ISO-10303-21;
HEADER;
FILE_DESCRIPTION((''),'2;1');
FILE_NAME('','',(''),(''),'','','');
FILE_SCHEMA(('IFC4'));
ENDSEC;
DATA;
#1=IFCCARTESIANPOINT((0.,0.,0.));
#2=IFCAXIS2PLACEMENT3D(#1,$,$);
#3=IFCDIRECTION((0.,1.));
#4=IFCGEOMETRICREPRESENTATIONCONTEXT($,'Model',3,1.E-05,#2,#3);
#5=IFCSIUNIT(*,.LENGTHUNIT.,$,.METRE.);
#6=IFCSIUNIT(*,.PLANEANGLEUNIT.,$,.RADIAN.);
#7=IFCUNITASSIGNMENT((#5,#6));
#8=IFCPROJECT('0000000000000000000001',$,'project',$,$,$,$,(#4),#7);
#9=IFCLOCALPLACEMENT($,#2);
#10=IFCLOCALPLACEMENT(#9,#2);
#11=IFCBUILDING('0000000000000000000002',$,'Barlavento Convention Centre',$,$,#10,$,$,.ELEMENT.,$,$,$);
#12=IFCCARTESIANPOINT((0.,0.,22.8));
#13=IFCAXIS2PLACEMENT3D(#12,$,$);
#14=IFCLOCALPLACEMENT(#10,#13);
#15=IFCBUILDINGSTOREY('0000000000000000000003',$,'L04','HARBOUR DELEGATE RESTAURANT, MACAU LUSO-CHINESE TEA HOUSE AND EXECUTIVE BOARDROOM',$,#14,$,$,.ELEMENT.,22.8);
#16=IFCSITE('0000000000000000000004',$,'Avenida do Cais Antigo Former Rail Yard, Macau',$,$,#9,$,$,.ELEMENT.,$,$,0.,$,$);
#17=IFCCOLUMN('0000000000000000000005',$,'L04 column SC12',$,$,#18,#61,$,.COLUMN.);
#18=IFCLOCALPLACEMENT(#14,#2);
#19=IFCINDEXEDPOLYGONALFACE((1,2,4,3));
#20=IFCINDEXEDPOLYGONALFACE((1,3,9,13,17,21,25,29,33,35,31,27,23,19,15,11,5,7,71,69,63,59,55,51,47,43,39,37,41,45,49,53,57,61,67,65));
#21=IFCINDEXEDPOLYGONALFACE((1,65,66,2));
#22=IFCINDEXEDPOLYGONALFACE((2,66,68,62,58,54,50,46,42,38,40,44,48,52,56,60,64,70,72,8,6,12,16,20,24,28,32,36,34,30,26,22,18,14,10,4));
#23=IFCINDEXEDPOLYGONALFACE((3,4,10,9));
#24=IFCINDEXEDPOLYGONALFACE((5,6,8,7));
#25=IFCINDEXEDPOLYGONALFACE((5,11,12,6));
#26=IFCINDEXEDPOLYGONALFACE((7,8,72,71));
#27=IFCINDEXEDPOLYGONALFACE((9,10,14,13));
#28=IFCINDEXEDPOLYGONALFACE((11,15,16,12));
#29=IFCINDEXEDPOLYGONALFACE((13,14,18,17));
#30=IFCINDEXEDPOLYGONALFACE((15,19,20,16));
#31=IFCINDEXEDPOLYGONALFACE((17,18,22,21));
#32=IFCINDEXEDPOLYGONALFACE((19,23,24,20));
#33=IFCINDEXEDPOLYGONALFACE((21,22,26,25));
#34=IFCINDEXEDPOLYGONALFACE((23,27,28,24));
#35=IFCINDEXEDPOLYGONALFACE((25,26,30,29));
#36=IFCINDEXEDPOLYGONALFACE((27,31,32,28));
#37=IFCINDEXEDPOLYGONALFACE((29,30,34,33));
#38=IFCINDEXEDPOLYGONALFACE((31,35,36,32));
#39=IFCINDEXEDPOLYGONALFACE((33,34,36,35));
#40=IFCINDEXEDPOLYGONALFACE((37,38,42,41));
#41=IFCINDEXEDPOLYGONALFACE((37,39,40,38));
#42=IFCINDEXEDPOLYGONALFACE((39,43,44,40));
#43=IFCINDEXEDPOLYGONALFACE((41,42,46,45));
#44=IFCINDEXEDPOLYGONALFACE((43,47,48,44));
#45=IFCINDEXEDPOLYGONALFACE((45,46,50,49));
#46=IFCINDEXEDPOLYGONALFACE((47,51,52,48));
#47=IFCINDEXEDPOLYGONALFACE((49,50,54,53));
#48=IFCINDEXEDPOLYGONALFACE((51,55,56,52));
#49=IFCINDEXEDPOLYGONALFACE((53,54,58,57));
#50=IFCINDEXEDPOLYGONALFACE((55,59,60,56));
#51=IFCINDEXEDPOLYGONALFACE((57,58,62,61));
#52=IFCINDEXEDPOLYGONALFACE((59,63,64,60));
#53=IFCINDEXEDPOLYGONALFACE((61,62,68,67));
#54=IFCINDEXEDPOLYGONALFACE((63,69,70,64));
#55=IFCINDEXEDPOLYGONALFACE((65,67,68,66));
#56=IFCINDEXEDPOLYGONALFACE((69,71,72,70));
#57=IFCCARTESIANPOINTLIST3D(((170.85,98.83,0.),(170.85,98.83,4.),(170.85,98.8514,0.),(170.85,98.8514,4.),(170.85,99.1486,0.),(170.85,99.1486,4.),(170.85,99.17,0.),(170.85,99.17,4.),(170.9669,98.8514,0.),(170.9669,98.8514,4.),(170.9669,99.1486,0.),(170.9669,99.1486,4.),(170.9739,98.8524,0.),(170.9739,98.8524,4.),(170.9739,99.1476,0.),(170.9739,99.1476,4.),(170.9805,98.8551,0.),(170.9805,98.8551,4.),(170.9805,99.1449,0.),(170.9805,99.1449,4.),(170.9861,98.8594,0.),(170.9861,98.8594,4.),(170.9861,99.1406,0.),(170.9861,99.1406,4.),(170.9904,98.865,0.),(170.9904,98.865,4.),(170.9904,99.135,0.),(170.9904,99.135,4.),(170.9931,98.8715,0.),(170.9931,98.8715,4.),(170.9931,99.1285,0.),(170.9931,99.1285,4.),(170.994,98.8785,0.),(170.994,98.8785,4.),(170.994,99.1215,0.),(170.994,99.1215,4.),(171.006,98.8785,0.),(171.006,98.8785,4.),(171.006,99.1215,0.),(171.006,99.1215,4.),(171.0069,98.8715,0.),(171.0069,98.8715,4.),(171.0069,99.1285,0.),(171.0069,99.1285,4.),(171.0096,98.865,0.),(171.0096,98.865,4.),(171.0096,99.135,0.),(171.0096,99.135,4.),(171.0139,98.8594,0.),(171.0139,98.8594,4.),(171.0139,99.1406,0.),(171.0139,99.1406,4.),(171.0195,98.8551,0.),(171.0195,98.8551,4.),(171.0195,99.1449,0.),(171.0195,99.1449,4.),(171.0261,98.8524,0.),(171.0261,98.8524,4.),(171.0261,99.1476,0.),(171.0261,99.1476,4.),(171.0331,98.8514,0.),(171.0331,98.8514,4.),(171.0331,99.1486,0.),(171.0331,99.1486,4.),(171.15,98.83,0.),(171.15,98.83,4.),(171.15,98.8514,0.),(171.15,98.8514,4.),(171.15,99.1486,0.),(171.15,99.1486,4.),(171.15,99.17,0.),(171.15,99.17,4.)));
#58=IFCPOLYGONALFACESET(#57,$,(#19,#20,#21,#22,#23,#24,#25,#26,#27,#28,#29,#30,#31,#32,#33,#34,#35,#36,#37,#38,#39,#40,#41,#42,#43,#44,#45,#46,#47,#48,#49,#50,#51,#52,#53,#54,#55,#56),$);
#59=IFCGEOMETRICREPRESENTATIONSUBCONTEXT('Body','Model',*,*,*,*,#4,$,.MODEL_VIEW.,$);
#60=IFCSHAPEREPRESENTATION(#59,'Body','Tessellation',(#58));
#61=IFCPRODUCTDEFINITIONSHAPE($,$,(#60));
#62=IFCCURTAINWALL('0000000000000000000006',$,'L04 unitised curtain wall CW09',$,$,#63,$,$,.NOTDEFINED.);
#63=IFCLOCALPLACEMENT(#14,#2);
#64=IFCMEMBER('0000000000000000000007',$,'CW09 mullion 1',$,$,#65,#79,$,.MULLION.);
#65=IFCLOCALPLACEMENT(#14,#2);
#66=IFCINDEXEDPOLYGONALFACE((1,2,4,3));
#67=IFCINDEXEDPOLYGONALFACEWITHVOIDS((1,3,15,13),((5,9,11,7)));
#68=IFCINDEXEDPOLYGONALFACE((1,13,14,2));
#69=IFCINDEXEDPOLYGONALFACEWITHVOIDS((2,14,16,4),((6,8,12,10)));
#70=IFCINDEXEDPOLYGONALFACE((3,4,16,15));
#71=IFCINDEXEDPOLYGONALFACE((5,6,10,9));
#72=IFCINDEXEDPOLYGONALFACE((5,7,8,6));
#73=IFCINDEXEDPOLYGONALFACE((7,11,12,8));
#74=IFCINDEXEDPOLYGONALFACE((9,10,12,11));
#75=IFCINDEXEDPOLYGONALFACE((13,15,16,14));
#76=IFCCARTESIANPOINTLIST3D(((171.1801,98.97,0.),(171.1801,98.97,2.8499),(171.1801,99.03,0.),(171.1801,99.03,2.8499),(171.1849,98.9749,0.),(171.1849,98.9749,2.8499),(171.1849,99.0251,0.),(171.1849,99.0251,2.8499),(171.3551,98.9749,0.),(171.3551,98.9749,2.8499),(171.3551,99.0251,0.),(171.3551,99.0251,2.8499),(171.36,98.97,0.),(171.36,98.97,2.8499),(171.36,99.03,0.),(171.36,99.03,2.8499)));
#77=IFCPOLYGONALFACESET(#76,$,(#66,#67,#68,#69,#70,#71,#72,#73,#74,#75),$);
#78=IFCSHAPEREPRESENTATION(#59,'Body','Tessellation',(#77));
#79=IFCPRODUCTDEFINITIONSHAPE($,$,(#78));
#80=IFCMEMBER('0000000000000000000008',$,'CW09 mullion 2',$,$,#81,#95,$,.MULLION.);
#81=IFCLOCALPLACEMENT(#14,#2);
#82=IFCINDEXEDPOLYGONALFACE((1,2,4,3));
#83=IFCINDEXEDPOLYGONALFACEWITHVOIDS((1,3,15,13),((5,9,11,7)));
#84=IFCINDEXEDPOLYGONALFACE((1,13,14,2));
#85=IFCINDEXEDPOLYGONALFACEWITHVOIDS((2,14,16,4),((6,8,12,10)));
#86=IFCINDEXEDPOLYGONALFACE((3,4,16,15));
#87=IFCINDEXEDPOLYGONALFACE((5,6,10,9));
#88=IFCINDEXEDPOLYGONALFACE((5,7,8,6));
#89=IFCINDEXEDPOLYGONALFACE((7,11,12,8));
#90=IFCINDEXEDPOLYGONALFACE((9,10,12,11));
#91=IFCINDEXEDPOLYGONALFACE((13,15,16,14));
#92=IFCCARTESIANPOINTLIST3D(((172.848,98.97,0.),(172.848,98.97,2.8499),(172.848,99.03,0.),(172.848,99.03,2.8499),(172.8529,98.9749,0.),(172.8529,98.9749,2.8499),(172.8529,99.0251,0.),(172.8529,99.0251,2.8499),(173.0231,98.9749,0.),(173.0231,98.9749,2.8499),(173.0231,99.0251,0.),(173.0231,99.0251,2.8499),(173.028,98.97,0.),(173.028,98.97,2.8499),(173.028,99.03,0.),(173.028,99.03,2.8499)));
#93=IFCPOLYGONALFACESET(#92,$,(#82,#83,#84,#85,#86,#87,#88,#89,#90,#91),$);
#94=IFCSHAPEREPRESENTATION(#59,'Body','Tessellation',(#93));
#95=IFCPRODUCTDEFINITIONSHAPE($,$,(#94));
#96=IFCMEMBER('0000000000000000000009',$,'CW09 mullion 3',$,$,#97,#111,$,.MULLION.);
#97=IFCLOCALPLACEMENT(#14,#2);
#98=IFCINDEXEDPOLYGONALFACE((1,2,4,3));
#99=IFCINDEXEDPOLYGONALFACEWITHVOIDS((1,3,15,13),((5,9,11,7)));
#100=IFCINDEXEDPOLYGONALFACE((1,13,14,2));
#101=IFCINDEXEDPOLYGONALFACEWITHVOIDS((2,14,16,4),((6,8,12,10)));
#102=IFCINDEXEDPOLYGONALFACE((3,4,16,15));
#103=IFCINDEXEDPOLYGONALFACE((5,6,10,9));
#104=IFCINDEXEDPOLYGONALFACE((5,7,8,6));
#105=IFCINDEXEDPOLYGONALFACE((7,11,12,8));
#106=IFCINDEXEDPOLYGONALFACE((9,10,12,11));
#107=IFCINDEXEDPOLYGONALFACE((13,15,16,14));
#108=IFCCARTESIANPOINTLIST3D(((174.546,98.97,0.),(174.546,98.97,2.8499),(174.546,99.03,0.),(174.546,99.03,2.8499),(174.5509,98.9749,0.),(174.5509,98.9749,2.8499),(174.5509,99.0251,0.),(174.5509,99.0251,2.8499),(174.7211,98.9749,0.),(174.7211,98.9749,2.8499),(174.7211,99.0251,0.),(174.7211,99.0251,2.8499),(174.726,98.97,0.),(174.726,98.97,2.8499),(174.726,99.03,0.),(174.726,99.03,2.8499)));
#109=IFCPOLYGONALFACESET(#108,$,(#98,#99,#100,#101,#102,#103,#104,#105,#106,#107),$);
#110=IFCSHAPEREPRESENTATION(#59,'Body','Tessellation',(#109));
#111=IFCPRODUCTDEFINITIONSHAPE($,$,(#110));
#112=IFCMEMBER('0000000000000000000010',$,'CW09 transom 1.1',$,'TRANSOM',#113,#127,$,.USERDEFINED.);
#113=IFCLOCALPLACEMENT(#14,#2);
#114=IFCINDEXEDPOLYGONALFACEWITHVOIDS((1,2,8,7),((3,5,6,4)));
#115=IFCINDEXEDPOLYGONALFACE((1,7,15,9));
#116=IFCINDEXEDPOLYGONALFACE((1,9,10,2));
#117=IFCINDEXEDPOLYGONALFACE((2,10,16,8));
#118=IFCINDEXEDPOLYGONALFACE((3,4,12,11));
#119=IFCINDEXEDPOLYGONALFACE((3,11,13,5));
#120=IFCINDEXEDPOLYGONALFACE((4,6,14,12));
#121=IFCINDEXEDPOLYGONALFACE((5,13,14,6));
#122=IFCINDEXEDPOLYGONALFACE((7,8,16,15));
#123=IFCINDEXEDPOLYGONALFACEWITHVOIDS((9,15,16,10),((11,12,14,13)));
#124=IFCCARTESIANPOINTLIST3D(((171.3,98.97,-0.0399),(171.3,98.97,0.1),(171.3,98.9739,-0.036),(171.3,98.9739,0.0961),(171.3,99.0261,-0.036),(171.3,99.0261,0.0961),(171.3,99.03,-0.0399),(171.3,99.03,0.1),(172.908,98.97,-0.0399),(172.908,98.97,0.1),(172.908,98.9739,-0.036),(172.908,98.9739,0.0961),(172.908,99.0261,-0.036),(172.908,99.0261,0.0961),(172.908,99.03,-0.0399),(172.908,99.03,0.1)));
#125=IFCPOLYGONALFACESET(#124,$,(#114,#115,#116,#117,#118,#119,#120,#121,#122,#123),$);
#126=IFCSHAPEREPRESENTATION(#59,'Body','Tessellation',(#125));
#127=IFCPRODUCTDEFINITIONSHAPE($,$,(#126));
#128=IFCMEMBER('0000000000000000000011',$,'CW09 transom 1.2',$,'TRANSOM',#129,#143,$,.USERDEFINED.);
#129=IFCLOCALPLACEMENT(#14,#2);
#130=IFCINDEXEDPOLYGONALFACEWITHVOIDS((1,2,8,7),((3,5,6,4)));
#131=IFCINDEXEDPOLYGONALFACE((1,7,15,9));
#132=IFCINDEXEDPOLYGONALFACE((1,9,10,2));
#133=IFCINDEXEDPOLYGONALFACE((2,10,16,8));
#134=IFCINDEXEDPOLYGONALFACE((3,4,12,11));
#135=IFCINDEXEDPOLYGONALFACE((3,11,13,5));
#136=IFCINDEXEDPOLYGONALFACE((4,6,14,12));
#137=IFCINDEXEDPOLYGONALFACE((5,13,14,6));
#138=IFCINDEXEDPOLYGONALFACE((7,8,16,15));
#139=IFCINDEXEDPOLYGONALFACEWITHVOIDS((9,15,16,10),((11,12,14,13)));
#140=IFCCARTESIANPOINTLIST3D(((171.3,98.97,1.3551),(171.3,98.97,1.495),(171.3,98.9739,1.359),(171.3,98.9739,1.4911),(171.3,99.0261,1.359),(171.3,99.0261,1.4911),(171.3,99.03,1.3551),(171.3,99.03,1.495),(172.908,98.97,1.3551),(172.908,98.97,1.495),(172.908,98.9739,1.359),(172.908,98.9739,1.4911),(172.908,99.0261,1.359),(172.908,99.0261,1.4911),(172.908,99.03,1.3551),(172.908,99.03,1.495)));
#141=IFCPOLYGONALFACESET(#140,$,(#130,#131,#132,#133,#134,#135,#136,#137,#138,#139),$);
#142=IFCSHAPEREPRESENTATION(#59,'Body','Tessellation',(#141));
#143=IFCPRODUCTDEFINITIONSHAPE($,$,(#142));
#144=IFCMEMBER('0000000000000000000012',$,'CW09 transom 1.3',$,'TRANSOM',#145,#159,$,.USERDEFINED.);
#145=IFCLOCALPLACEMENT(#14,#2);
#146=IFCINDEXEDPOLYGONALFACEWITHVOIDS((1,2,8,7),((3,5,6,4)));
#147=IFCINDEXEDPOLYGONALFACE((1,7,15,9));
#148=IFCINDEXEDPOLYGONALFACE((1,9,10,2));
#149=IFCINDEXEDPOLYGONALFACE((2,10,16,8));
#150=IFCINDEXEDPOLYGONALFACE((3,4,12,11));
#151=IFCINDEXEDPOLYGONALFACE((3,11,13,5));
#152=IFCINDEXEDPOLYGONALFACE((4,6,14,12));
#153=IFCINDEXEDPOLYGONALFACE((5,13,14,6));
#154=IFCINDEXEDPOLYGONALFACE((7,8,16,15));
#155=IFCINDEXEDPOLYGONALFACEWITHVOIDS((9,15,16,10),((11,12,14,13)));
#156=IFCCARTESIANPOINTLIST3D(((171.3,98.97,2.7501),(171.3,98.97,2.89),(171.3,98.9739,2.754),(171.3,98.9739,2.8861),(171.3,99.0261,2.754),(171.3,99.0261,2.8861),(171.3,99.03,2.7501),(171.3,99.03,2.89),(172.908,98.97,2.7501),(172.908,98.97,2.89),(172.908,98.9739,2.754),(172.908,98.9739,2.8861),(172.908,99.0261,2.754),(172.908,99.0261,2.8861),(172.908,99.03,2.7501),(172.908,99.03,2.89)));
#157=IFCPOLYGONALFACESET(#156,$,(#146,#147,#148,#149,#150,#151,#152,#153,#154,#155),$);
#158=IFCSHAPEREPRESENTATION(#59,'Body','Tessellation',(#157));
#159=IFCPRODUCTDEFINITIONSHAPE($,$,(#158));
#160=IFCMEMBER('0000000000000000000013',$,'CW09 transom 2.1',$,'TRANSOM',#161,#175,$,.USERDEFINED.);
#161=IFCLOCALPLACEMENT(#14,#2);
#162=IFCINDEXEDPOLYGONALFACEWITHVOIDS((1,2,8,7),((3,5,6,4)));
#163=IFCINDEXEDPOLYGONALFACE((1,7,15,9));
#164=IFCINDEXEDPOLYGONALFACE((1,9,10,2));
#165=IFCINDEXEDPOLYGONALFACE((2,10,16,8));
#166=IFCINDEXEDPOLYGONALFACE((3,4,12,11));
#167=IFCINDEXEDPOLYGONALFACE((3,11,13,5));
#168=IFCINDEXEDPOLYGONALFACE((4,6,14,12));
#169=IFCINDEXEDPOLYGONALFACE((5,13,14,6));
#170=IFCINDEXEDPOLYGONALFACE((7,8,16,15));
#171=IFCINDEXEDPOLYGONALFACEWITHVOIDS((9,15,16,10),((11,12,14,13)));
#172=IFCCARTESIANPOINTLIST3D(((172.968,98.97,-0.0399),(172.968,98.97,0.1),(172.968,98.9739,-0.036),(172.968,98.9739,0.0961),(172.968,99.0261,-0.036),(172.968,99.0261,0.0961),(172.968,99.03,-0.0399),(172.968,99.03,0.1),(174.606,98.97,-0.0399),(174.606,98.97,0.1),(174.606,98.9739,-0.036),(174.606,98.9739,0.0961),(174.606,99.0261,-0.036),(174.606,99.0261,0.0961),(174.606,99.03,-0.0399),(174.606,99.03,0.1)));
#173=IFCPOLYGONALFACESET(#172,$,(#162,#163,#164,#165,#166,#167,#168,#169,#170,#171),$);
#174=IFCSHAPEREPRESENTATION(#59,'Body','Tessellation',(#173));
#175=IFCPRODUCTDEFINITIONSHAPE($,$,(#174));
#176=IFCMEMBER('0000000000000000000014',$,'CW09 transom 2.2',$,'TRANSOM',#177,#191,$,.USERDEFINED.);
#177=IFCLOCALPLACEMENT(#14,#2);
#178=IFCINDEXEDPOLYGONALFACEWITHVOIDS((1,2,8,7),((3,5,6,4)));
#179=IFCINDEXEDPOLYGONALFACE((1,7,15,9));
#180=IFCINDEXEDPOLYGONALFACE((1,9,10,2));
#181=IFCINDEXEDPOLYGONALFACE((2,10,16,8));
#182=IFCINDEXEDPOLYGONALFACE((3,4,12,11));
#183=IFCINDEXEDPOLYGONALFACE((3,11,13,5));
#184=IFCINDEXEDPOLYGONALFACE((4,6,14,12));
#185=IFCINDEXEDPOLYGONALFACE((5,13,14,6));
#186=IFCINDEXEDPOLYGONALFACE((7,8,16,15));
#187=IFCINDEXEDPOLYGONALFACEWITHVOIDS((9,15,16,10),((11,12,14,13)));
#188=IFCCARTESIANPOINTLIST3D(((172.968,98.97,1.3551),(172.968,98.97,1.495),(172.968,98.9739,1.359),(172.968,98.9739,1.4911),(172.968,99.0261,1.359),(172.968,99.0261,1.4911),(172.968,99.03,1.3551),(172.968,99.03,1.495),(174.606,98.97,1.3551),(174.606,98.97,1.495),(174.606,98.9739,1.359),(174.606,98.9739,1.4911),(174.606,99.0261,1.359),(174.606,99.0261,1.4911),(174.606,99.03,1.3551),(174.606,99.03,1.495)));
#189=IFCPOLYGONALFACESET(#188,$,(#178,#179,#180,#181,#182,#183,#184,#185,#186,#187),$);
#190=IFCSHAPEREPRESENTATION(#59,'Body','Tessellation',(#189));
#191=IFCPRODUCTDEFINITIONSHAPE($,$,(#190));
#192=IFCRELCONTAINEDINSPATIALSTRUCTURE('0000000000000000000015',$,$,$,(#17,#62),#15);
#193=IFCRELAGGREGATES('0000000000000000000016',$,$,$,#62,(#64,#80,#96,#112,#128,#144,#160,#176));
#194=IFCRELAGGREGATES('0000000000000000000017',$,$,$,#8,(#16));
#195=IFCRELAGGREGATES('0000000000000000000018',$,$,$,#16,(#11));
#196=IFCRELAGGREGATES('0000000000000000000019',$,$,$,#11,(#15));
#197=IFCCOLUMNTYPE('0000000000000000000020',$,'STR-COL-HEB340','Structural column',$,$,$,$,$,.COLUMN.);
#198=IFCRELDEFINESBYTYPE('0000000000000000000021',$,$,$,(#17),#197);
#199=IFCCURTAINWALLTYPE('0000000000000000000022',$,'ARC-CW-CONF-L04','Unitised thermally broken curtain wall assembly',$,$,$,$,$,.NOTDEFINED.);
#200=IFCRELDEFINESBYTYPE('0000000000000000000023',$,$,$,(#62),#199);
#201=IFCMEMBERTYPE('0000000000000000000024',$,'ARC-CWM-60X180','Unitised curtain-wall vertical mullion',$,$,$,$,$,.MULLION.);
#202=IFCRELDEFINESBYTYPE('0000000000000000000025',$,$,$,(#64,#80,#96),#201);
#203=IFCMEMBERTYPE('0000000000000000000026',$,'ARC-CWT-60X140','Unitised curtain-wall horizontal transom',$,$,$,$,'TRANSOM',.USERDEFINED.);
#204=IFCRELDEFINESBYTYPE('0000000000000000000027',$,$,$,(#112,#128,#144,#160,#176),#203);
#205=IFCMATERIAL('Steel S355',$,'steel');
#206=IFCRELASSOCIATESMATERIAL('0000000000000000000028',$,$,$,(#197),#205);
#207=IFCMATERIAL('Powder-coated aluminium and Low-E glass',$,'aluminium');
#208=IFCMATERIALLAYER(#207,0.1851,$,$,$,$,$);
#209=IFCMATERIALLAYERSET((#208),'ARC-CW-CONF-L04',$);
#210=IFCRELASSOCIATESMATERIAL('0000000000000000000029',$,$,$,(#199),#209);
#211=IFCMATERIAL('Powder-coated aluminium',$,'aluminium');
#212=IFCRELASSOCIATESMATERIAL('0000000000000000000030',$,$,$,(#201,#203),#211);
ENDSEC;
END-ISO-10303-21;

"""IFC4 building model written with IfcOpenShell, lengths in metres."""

from ifc_helpers import new_model, si_unit, direction, frame, origin, origin_2d, place, context, subcontext, project, spatial, hollow_rectangle, i_section, extrude, material, layer, layer_set, material_profile, profile_set, type_object, element, aggregate, save


model = new_model("IFC4")

# Units and contexts
model_context = context("Model", 3, precision=1e-05, world=origin(), true_north=direction((0.0, 1.0)))
body_context = subcontext(model_context, "Body", "Model", "MODEL_VIEW")
ifc_project = project(units=[si_unit("LENGTHUNIT", "METRE"), si_unit("PLANEANGLEUNIT", "RADIAN")], contexts=[model_context])

# Site, building, storey
site_placement = place(None, origin())
site = spatial("IfcSite", under=ifc_project, at=site_placement, Name="Avenida do Cais Antigo Former Rail Yard, Macau", CompositionType="ELEMENT", RefElevation=0.0)
building_placement = place(site_placement, origin())
building = spatial("IfcBuilding", under=site, at=building_placement, Name="Barlavento Convention Centre", CompositionType="ELEMENT")
storey_placement = place(building_placement, frame((0.0, 0.0, 22.8)))
storey = spatial("IfcBuildingStorey", under=building, at=storey_placement, Name="L04", Description="HARBOUR DELEGATE RESTAURANT, MACAU LUSO-CHINESE TEA HOUSE AND EXECUTIVE BOARDROOM", CompositionType="ELEMENT", Elevation=22.8)

# Column
ifc_material_1 = material(Name="Steel S355", Category="steel")
ifc_material_profile_1 = material_profile(ifc_material_1, i_section(OverallWidth=0.3, OverallDepth=0.3401, WebThickness=0.012, FlangeThickness=0.0215, FilletRadius=0.0271, at=origin_2d()), Name="HEB 340")
ifc_profile_set_1 = profile_set([ifc_material_profile_1], Name="Steel S355")
column_type = type_object("IfcColumnType", Name="STR-COL-HEB340", Description="Structural column", PredefinedType="COLUMN", material=ifc_profile_set_1)
column_placement = place(storey_placement, frame((171.0, 99.0, 0.0), z_axis=(0.0, 0.0, 1.0), x_axis=(1.0, 0.0, 0.0)))
element("IfcColumn", 1, at=column_placement, inside=storey, type_object=column_type, Name="L04 column SC12", PredefinedType="COLUMN", context=body_context, shape_type="SweptSolid", body=[
    extrude(i_section(OverallWidth=0.3, OverallDepth=0.3401, WebThickness=0.012, FlangeThickness=0.0215, FilletRadius=0.0271, at=origin_2d()), origin(), (0.0, 0.0, 1.0), 4.0),
])

# Curtain wall, members
ifc_material_2 = material(Name="Powder-coated aluminium and Low-E glass", Category="aluminium")
ifc_layer_1 = layer(ifc_material_2, 0.1851)
ifc_layer_set_1 = layer_set([ifc_layer_1], Name="ARC-CW-CONF-L04")
curtain_wall_type = type_object("IfcCurtainWallType", Name="ARC-CW-CONF-L04", Description="Unitised thermally broken curtain wall assembly", PredefinedType="NOTDEFINED", material=ifc_layer_set_1)
curtain_wall_placement = place(storey_placement, origin())
curtain_wall = element("IfcCurtainWall", 2, at=curtain_wall_placement, inside=storey, type_object=curtain_wall_type, Name="L04 unitised curtain wall CW09", PredefinedType="NOTDEFINED")
ifc_material_3 = material(Name="Powder-coated aluminium", Category="aluminium")
ifc_material_profile_2 = material_profile(ifc_material_3, hollow_rectangle(XDim=0.0601, YDim=0.1799, WallThickness=0.0049, at=origin_2d()), Name="AL-MULL 60x180x5")
ifc_profile_set_2 = profile_set([ifc_material_profile_2], Name="Powder-coated aluminium")
member_type_1 = type_object("IfcMemberType", Name="ARC-CWM-60X180", Description="Unitised curtain-wall vertical mullion", PredefinedType="MULLION", material=ifc_profile_set_2)
member_1_placement = place(storey_placement, frame((171.27, 99.0, 0.0), z_axis=(0.0, 0.0, 1.0), x_axis=(0.0, 1.0, 0.0)))
member_1 = element("IfcMember", 3, at=member_1_placement, type_object=member_type_1, Name="CW09 mullion 1", PredefinedType="MULLION", context=body_context, shape_type="SweptSolid", body=[
    extrude(hollow_rectangle(XDim=0.0601, YDim=0.1799, WallThickness=0.0049, at=origin_2d()), origin(), (0.0, 0.0, 1.0), 2.8499),
])
member_2_placement = place(storey_placement, frame((172.938, 99.0, 0.0), z_axis=(0.0, 0.0, 1.0), x_axis=(0.0, 1.0, 0.0)))
member_2 = element("IfcMember", 4, at=member_2_placement, type_object=member_type_1, Name="CW09 mullion 2", PredefinedType="MULLION", context=body_context, shape_type="SweptSolid", body=[
    extrude(hollow_rectangle(XDim=0.0601, YDim=0.1799, WallThickness=0.0049, at=origin_2d()), origin(), (0.0, 0.0, 1.0), 2.8499),
])
member_3_placement = place(storey_placement, frame((174.636, 99.0, 0.0), z_axis=(0.0, 0.0, 1.0), x_axis=(0.0, 1.0, 0.0)))
member_3 = element("IfcMember", 5, at=member_3_placement, type_object=member_type_1, Name="CW09 mullion 3", PredefinedType="MULLION", context=body_context, shape_type="SweptSolid", body=[
    extrude(hollow_rectangle(XDim=0.0601, YDim=0.1799, WallThickness=0.0049, at=origin_2d()), origin(), (0.0, 0.0, 1.0), 2.8499),
])
ifc_material_profile_3 = material_profile(ifc_material_3, hollow_rectangle(XDim=0.0601, YDim=0.1399, WallThickness=0.0039, at=origin_2d()), Name="AL-TRAN 60x140x4")
ifc_profile_set_3 = profile_set([ifc_material_profile_3], Name="Powder-coated aluminium")
member_type_2 = type_object("IfcMemberType", Name="ARC-CWT-60X140", Description="Unitised curtain-wall horizontal transom", ElementType="TRANSOM", PredefinedType="USERDEFINED", material=ifc_profile_set_3)
member_4_placement = place(storey_placement, frame((171.3, 99.0, 0.03), z_axis=(1.0, 0.0, 0.0), x_axis=(0.0, 1.0, 0.0)))
member_4 = element("IfcMember", 6, at=member_4_placement, type_object=member_type_2, Name="CW09 transom 1.1", ObjectType="TRANSOM", PredefinedType="USERDEFINED", context=body_context, shape_type="SweptSolid", body=[
    extrude(hollow_rectangle(XDim=0.0601, YDim=0.1399, WallThickness=0.0039, at=origin_2d()), origin(), (0.0, 0.0, 1.0), 1.6079),
])
member_5_placement = place(storey_placement, frame((171.3, 99.0, 1.425), z_axis=(1.0, 0.0, 0.0), x_axis=(0.0, 1.0, 0.0)))
member_5 = element("IfcMember", 7, at=member_5_placement, type_object=member_type_2, Name="CW09 transom 1.2", ObjectType="TRANSOM", PredefinedType="USERDEFINED", context=body_context, shape_type="SweptSolid", body=[
    extrude(hollow_rectangle(XDim=0.0601, YDim=0.1399, WallThickness=0.0039, at=origin_2d()), origin(), (0.0, 0.0, 1.0), 1.6079),
])
member_6_placement = place(storey_placement, frame((171.3, 99.0, 2.8201), z_axis=(1.0, 0.0, 0.0), x_axis=(0.0, 1.0, 0.0)))
member_6 = element("IfcMember", 8, at=member_6_placement, type_object=member_type_2, Name="CW09 transom 1.3", ObjectType="TRANSOM", PredefinedType="USERDEFINED", context=body_context, shape_type="SweptSolid", body=[
    extrude(hollow_rectangle(XDim=0.0601, YDim=0.1399, WallThickness=0.0039, at=origin_2d()), origin(), (0.0, 0.0, 1.0), 1.6079),
])
member_7_placement = place(storey_placement, frame((172.968, 99.0, 0.03), z_axis=(1.0, 0.0, 0.0), x_axis=(0.0, 1.0, 0.0)))
member_7 = element("IfcMember", 9, at=member_7_placement, type_object=member_type_2, Name="CW09 transom 2.1", ObjectType="TRANSOM", PredefinedType="USERDEFINED", context=body_context, shape_type="SweptSolid", body=[
    extrude(hollow_rectangle(XDim=0.0601, YDim=0.1399, WallThickness=0.0039, at=origin_2d()), origin(), (0.0, 0.0, 1.0), 1.6379),
])
member_8_placement = place(storey_placement, frame((172.968, 99.0, 1.425), z_axis=(1.0, 0.0, 0.0), x_axis=(0.0, 1.0, 0.0)))
member_8 = element("IfcMember", 10, at=member_8_placement, type_object=member_type_2, Name="CW09 transom 2.2", ObjectType="TRANSOM", PredefinedType="USERDEFINED", context=body_context, shape_type="SweptSolid", body=[
    extrude(hollow_rectangle(XDim=0.0601, YDim=0.1399, WallThickness=0.0039, at=origin_2d()), origin(), (0.0, 0.0, 1.0), 1.6379),
])

aggregate(curtain_wall, [member_1, member_2, member_3, member_4, member_5, member_6, member_7, member_8])

save(model, "model.ifc")
